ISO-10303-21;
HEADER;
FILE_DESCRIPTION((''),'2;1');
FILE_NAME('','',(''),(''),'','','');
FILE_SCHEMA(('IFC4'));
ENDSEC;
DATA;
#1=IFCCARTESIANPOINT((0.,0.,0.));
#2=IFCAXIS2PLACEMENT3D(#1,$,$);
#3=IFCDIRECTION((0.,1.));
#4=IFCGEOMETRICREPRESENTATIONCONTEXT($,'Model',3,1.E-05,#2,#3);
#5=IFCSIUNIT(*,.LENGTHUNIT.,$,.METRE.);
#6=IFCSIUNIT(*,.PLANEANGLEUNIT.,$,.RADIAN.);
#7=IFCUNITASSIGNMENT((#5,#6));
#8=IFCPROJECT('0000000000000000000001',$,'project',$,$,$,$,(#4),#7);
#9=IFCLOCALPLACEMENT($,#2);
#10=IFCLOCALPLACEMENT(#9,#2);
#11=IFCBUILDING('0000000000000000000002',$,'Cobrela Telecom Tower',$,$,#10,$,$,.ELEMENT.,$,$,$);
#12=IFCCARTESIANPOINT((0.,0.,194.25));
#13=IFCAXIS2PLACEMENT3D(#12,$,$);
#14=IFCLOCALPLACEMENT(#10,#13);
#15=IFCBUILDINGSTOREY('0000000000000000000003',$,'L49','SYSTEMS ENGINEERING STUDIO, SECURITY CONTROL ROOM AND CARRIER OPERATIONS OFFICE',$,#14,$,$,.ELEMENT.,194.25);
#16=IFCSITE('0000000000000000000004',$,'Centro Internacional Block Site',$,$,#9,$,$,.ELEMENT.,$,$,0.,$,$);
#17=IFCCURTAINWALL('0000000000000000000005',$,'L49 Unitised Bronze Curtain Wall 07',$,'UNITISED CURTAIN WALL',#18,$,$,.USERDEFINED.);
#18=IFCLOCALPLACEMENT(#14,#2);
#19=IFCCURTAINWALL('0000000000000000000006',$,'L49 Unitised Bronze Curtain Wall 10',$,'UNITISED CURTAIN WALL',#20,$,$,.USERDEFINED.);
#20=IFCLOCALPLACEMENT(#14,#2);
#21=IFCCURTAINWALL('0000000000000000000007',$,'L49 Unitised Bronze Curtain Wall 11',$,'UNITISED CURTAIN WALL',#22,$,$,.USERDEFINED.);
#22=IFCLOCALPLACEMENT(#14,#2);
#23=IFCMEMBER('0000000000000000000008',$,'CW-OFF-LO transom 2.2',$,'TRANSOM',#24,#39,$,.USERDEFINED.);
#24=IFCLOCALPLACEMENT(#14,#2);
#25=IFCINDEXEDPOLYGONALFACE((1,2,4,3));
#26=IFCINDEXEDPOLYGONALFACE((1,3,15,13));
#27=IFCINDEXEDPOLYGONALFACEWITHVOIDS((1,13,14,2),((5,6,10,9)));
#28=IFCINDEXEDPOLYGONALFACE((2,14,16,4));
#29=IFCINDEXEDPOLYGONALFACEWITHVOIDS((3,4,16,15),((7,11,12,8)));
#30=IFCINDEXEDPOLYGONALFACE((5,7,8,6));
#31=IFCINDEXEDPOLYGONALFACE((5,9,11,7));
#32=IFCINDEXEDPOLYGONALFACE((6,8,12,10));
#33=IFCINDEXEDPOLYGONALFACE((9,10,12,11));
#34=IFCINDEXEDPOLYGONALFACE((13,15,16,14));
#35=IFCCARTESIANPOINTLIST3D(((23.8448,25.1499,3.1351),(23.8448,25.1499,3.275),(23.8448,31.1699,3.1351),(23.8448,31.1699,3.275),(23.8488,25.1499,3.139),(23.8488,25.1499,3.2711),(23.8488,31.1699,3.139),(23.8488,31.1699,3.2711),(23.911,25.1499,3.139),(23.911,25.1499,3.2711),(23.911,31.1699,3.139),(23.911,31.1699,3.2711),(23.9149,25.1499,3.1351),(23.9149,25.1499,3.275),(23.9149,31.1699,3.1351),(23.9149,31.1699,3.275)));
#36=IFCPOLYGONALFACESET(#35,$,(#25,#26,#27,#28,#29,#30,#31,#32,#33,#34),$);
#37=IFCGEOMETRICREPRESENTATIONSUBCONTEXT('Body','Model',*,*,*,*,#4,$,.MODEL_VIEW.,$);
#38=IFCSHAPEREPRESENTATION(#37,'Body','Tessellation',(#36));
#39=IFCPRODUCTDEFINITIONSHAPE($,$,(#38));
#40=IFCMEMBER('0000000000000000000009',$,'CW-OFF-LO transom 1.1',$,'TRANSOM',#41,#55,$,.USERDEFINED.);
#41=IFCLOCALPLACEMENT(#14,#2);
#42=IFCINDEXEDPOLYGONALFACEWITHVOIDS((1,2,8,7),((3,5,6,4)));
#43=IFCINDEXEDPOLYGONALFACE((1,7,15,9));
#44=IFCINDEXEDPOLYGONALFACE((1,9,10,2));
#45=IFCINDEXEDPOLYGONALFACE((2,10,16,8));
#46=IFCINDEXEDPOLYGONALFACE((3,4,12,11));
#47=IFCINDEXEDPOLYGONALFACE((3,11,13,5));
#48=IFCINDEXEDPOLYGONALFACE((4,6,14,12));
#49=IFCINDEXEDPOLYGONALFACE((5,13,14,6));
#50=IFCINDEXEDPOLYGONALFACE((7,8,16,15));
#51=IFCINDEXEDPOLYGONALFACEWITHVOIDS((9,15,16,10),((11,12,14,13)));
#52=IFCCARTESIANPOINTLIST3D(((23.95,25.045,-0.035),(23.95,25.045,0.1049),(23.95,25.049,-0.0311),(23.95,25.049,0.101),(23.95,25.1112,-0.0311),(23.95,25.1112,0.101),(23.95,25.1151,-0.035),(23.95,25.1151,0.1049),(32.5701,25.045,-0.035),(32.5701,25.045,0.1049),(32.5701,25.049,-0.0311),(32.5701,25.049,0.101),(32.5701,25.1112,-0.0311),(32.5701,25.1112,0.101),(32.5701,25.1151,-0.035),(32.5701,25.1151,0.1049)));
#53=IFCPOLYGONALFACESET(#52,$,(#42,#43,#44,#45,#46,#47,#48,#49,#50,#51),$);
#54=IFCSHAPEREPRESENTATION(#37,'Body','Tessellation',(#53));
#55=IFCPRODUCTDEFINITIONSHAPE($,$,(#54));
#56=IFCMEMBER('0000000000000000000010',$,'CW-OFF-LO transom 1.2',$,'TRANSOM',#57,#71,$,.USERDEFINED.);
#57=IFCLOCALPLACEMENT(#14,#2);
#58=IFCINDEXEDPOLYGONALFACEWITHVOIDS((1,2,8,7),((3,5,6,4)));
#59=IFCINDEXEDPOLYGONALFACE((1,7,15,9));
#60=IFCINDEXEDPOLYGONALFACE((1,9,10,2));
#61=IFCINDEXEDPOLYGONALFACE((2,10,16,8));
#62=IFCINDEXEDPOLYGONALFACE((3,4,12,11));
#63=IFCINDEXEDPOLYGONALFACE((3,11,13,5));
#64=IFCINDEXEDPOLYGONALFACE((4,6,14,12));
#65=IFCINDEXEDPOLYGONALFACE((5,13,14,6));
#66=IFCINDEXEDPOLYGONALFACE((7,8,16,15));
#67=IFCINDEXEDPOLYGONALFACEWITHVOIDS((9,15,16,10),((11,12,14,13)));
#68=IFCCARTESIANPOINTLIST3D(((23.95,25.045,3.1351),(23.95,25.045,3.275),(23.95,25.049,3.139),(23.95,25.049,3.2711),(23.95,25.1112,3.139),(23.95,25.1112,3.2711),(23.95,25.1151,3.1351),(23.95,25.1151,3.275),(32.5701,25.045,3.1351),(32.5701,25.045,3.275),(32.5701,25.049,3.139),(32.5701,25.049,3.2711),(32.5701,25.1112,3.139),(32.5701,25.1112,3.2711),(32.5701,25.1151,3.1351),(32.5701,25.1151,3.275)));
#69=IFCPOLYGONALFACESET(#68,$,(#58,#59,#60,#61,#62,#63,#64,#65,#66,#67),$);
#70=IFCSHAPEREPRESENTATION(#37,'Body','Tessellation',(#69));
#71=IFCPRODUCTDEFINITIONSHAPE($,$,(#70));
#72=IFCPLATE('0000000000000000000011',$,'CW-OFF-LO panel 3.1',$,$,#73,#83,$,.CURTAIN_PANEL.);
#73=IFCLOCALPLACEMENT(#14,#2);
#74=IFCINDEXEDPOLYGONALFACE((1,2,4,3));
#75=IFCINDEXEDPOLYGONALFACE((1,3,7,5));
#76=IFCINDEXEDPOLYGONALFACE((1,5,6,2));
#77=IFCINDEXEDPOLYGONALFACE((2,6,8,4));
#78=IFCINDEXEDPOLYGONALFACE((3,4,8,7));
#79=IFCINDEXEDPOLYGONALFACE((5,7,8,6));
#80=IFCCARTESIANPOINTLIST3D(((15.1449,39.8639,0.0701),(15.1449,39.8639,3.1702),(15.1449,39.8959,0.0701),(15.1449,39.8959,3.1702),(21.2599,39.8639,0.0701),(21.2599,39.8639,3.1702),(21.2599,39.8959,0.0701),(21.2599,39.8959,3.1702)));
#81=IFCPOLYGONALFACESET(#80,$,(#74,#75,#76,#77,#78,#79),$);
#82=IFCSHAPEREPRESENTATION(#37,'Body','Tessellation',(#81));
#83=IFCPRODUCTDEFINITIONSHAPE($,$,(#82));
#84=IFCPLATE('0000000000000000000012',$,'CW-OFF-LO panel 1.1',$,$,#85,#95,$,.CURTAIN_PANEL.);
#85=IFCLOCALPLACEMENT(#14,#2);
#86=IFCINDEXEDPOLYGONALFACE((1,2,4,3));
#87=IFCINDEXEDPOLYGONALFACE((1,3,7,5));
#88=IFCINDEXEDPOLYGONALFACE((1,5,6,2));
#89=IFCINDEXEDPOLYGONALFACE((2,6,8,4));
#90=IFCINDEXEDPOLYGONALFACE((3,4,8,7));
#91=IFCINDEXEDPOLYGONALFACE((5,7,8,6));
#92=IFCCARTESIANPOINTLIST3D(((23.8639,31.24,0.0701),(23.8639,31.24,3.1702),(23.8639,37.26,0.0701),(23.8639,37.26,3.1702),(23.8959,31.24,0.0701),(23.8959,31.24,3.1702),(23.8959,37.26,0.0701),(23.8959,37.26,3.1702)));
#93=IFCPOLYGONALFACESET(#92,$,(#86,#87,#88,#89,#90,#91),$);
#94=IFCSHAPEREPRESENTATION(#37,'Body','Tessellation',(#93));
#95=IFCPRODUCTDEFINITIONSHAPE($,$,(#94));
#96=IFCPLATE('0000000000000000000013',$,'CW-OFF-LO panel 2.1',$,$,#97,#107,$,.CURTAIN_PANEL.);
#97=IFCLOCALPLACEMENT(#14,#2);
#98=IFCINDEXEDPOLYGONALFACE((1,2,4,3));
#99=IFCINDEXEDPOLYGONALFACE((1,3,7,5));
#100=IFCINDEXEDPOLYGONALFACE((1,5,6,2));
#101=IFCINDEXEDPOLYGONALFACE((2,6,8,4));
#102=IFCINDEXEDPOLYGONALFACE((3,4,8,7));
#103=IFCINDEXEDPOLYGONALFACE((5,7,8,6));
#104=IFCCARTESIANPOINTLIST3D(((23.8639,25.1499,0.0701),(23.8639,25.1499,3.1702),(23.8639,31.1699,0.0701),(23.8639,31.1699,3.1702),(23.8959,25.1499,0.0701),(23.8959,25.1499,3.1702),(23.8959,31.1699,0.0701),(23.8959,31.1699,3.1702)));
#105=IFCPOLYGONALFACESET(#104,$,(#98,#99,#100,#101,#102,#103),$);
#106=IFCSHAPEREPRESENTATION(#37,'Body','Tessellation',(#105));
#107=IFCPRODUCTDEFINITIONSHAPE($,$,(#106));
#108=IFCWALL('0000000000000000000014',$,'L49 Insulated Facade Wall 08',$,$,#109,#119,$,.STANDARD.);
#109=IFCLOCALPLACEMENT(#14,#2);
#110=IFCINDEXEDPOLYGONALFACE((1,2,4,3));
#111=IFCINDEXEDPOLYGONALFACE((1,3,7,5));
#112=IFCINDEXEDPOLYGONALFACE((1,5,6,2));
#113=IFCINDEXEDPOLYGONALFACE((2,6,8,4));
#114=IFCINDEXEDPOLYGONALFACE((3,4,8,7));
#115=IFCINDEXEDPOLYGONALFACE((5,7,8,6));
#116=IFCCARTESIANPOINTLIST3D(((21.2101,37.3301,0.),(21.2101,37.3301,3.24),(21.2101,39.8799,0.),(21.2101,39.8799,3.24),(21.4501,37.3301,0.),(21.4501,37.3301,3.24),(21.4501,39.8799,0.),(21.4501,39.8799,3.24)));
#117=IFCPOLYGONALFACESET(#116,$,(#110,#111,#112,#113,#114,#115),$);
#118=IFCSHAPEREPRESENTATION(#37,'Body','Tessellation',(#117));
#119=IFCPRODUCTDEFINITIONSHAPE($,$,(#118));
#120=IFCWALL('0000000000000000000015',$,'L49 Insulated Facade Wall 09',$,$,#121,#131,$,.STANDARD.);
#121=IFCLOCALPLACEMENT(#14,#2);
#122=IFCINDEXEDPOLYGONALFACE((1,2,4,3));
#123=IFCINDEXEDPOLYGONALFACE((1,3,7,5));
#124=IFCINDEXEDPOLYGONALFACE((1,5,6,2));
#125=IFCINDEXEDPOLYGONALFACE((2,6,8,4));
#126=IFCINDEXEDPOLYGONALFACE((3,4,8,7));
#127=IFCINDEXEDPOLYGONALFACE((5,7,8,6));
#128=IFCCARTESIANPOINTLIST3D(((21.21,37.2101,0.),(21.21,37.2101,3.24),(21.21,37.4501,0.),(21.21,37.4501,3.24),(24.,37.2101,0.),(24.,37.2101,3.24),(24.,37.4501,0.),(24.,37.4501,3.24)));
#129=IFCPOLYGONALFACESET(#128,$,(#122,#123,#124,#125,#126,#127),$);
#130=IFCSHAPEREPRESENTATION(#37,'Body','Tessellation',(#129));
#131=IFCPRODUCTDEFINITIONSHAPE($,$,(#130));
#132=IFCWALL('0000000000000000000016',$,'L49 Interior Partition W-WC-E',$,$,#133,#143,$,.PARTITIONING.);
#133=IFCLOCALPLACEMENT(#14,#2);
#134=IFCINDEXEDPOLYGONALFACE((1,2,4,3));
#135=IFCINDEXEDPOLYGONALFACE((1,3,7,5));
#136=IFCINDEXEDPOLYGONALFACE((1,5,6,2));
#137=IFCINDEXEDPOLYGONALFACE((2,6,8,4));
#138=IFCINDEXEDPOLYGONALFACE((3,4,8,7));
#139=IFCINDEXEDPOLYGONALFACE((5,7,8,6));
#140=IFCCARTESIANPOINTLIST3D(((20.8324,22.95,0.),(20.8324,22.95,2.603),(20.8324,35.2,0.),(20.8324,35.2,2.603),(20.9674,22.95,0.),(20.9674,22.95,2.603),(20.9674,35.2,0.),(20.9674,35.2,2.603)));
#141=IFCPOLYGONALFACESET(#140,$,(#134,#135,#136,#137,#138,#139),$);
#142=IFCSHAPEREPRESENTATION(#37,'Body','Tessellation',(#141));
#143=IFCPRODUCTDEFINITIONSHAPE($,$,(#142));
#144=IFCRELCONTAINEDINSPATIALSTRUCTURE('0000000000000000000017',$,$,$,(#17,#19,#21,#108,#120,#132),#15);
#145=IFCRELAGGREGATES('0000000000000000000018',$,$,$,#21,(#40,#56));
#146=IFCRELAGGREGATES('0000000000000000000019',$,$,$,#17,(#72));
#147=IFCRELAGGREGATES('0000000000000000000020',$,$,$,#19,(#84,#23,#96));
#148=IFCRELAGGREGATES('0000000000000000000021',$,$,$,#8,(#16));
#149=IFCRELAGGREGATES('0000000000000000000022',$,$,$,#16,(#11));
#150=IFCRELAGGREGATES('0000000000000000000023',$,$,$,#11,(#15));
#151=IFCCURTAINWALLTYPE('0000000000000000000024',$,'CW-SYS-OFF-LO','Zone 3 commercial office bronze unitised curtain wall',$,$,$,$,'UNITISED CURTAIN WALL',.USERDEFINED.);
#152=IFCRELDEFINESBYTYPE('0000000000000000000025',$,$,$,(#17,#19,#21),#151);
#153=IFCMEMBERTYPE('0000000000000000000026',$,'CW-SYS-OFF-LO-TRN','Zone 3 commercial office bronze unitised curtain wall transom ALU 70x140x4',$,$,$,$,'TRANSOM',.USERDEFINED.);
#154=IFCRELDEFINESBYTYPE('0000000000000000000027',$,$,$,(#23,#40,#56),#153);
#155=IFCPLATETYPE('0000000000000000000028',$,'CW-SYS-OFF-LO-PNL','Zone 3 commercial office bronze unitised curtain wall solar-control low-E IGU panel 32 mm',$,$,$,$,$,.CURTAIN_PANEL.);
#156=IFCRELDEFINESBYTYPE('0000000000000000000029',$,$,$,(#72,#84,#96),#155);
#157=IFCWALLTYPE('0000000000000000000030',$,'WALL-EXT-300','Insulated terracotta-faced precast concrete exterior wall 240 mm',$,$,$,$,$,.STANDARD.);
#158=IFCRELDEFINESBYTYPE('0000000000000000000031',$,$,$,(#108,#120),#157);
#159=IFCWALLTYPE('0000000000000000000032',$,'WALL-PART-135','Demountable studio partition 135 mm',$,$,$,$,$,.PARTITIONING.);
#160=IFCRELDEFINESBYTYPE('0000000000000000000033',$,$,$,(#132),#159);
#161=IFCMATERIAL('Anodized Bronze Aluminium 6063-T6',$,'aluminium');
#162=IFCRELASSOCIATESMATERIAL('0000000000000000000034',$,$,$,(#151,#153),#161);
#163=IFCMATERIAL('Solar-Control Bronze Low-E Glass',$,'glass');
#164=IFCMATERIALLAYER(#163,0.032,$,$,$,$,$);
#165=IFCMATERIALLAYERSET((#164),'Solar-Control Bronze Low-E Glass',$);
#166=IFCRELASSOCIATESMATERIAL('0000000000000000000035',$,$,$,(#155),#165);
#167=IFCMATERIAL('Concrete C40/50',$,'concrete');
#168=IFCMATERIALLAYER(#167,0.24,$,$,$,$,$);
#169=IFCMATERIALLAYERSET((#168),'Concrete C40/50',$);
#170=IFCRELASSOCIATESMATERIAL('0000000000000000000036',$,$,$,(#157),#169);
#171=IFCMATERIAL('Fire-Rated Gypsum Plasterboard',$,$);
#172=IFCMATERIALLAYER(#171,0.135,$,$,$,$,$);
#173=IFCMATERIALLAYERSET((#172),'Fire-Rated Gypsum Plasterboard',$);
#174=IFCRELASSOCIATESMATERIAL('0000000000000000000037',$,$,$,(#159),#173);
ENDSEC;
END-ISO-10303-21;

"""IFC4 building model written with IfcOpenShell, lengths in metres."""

from ifc_helpers import new_model, si_unit, direction, frame, frame_2d, origin, origin_2d, place, context, subcontext, project, spatial, rectangle, hollow_rectangle, extrude, material, layer, layer_set, material_profile, profile_set, type_object, element, aggregate, save


model = new_model("IFC4")

# Units and contexts
model_context = context("Model", 3, precision=1e-05, world=origin(), true_north=direction((0.0, 1.0)))
body_context = subcontext(model_context, "Body", "Model", "MODEL_VIEW")
ifc_project = project(units=[si_unit("LENGTHUNIT", "METRE"), si_unit("PLANEANGLEUNIT", "RADIAN")], contexts=[model_context])

# Site, building, storey
site_placement = place(None, origin())
site = spatial("IfcSite", under=ifc_project, at=site_placement, Name="Centro Internacional Block Site", CompositionType="ELEMENT", RefElevation=0.0)
building_placement = place(site_placement, origin())
building = spatial("IfcBuilding", under=site, at=building_placement, Name="Cobrela Telecom Tower", CompositionType="ELEMENT")
storey_placement = place(building_placement, frame((0.0, 0.0, 194.25)))
storey = spatial("IfcBuildingStorey", under=building, at=storey_placement, Name="L49", Description="SYSTEMS ENGINEERING STUDIO, SECURITY CONTROL ROOM AND CARRIER OPERATIONS OFFICE", CompositionType="ELEMENT", Elevation=194.25)

# Curtain wall
ifc_material_1 = material(Name="Anodized Bronze Aluminium 6063-T6", Category="aluminium")
curtain_wall_type = type_object("IfcCurtainWallType", Name="CW-SYS-OFF-LO", Description="Zone 3 commercial office bronze unitised curtain wall", ElementType="UNITISED CURTAIN WALL", PredefinedType="USERDEFINED", material=ifc_material_1)
curtain_wall_1_placement = place(storey_placement, origin())
curtain_wall_1 = element("IfcCurtainWall", 1, at=curtain_wall_1_placement, inside=storey, type_object=curtain_wall_type, Name="L49 Unitised Bronze Curtain Wall 07", ObjectType="UNITISED CURTAIN WALL", PredefinedType="USERDEFINED")

# Curtain wall
curtain_wall_2_placement = place(storey_placement, origin())
curtain_wall_2 = element("IfcCurtainWall", 2, at=curtain_wall_2_placement, inside=storey, type_object=curtain_wall_type, Name="L49 Unitised Bronze Curtain Wall 10", ObjectType="UNITISED CURTAIN WALL", PredefinedType="USERDEFINED")

# Curtain wall
curtain_wall_3_placement = place(storey_placement, origin())
curtain_wall_3 = element("IfcCurtainWall", 3, at=curtain_wall_3_placement, inside=storey, type_object=curtain_wall_type, Name="L49 Unitised Bronze Curtain Wall 11", ObjectType="UNITISED CURTAIN WALL", PredefinedType="USERDEFINED")

# Members
ifc_material_profile_1 = material_profile(ifc_material_1, hollow_rectangle(XDim=0.0701, YDim=0.1399, WallThickness=0.0039, at=origin_2d()), Name="ALU 70x140x4")
ifc_profile_set_1 = profile_set([ifc_material_profile_1], Name="Anodized Bronze Aluminium 6063-T6")
member_type_1 = type_object("IfcMemberType", Name="CW-SYS-OFF-LO-TRN", Description="Zone 3 commercial office bronze unitised curtain wall transom ALU 70x140x4", ElementType="TRANSOM", PredefinedType="USERDEFINED", material=ifc_profile_set_1)
member_1_placement = place(storey_placement, frame((23.8799, 31.1699, 3.2051), z_axis=(0.0, -1.0, 0.0), x_axis=(1.0, 0.0, 0.0)))
member_1 = element("IfcMember", 4, at=member_1_placement, type_object=member_type_1, Name="CW-OFF-LO transom 2.2", ObjectType="TRANSOM", PredefinedType="USERDEFINED", context=body_context, shape_type="SweptSolid", body=[
    extrude(hollow_rectangle(XDim=0.0701, YDim=0.1399, WallThickness=0.0039, at=origin_2d()), origin(), (0.0, 0.0, 1.0), 6.02),
])
member_2_placement = place(storey_placement, frame((23.95, 25.0801, 0.0349), z_axis=(1.0, 0.0, 0.0), x_axis=(0.0, 1.0, 0.0)))
member_2 = element("IfcMember", 5, at=member_2_placement, type_object=member_type_1, Name="CW-OFF-LO transom 1.1", ObjectType="TRANSOM", PredefinedType="USERDEFINED", context=body_context, shape_type="SweptSolid", body=[
    extrude(hollow_rectangle(XDim=0.0701, YDim=0.1399, WallThickness=0.0039, at=origin_2d()), origin(), (0.0, 0.0, 1.0), 8.6201),
])
member_3_placement = place(storey_placement, frame((23.95, 25.0801, 3.2051), z_axis=(1.0, 0.0, 0.0), x_axis=(0.0, 1.0, 0.0)))
member_3 = element("IfcMember", 6, at=member_3_placement, type_object=member_type_1, Name="CW-OFF-LO transom 1.2", ObjectType="TRANSOM", PredefinedType="USERDEFINED", context=body_context, shape_type="SweptSolid", body=[
    extrude(hollow_rectangle(XDim=0.0701, YDim=0.1399, WallThickness=0.0039, at=origin_2d()), origin(), (0.0, 0.0, 1.0), 8.6201),
])
aggregate(curtain_wall_3, [member_2, member_3])

# Plates
ifc_material_2 = material(Name="Solar-Control Bronze Low-E Glass", Category="glass")
ifc_layer_1 = layer(ifc_material_2, 0.032)
ifc_layer_set_1 = layer_set([ifc_layer_1], Name="Solar-Control Bronze Low-E Glass")
plate_type = type_object("IfcPlateType", Name="CW-SYS-OFF-LO-PNL", Description="Zone 3 commercial office bronze unitised curtain wall solar-control low-E IGU panel 32 mm", PredefinedType="CURTAIN_PANEL", material=ifc_layer_set_1)
plate_1_placement = place(storey_placement, frame((18.2024, 39.8799, 0.0701), z_axis=(0.0, 0.0, 1.0), x_axis=(1.0, 0.0, 0.0)))
plate_1 = element("IfcPlate", 7, at=plate_1_placement, type_object=plate_type, Name="CW-OFF-LO panel 3.1", PredefinedType="CURTAIN_PANEL", context=body_context, shape_type="SweptSolid", body=[
    extrude(rectangle(XDim=6.115, YDim=0.032, at=origin_2d()), origin(), (0.0, 0.0, 1.0), 3.1001),
])
aggregate(curtain_wall_1, [plate_1])
plate_2_placement = place(storey_placement, frame((23.8799, 34.25, 0.0701), z_axis=(0.0, 0.0, 1.0), x_axis=(0.0, -1.0, 0.0)))
plate_2 = element("IfcPlate", 8, at=plate_2_placement, type_object=plate_type, Name="CW-OFF-LO panel 1.1", PredefinedType="CURTAIN_PANEL", context=body_context, shape_type="SweptSolid", body=[
    extrude(rectangle(XDim=6.02, YDim=0.032, at=origin_2d()), origin(), (0.0, 0.0, 1.0), 3.1001),
])
plate_3_placement = place(storey_placement, frame((23.8799, 28.1599, 0.0701), z_axis=(0.0, 0.0, 1.0), x_axis=(0.0, -1.0, 0.0)))
plate_3 = element("IfcPlate", 9, at=plate_3_placement, type_object=plate_type, Name="CW-OFF-LO panel 2.1", PredefinedType="CURTAIN_PANEL", context=body_context, shape_type="SweptSolid", body=[
    extrude(rectangle(XDim=6.02, YDim=0.032, at=origin_2d()), origin(), (0.0, 0.0, 1.0), 3.1001),
])
aggregate(curtain_wall_2, [plate_2, member_1, plate_3])

# Walls
ifc_material_3 = material(Name="Concrete C40/50", Category="concrete")
ifc_layer_2 = layer(ifc_material_3, 0.24)
ifc_layer_set_2 = layer_set([ifc_layer_2], Name="Concrete C40/50")
wall_type_1 = type_object("IfcWallType", Name="WALL-EXT-300", Description="Insulated terracotta-faced precast concrete exterior wall 240 mm", PredefinedType="STANDARD", material=ifc_layer_set_2)
wall_1_placement = place(storey_placement, frame((21.3301, 39.8799, 0.0), z_axis=(0.0, 0.0, 1.0), x_axis=(0.0, -1.0, 0.0)))
element("IfcWall", 10, at=wall_1_placement, inside=storey, type_object=wall_type_1, Name="L49 Insulated Facade Wall 08", PredefinedType="STANDARD", context=body_context, shape_type="SweptSolid", body=[
    extrude(rectangle(XDim=2.5498, YDim=0.24, at=frame_2d((1.2749, 0.0))), origin(), (0.0, 0.0, 1.0), 3.24),
])
wall_2_placement = place(storey_placement, frame((21.21, 37.3301, 0.0), z_axis=(0.0, 0.0, 1.0), x_axis=(1.0, 0.0, 0.0)))
element("IfcWall", 11, at=wall_2_placement, inside=storey, type_object=wall_type_1, Name="L49 Insulated Facade Wall 09", PredefinedType="STANDARD", context=body_context, shape_type="SweptSolid", body=[
    extrude(rectangle(XDim=2.79, YDim=0.24, at=frame_2d((1.395, 0.0))), origin(), (0.0, 0.0, 1.0), 3.24),
])
ifc_material_4 = material(Name="Fire-Rated Gypsum Plasterboard")
ifc_layer_3 = layer(ifc_material_4, 0.135)
ifc_layer_set_3 = layer_set([ifc_layer_3], Name="Fire-Rated Gypsum Plasterboard")
wall_type_2 = type_object("IfcWallType", Name="WALL-PART-135", Description="Demountable studio partition 135 mm", PredefinedType="PARTITIONING", material=ifc_layer_set_3)
wall_3_placement = place(storey_placement, frame((20.8999, 22.95, 0.0), z_axis=(0.0, 0.0, 1.0), x_axis=(0.0, 1.0, 0.0)))
element("IfcWall", 12, at=wall_3_placement, inside=storey, type_object=wall_type_2, Name="L49 Interior Partition W-WC-E", PredefinedType="PARTITIONING", context=body_context, shape_type="SweptSolid", body=[
    extrude(rectangle(XDim=12.25, YDim=0.135, at=frame_2d((6.125, 0.0))), origin(), (0.0, 0.0, 1.0), 2.603),
])

save(model, "model.ifc")
